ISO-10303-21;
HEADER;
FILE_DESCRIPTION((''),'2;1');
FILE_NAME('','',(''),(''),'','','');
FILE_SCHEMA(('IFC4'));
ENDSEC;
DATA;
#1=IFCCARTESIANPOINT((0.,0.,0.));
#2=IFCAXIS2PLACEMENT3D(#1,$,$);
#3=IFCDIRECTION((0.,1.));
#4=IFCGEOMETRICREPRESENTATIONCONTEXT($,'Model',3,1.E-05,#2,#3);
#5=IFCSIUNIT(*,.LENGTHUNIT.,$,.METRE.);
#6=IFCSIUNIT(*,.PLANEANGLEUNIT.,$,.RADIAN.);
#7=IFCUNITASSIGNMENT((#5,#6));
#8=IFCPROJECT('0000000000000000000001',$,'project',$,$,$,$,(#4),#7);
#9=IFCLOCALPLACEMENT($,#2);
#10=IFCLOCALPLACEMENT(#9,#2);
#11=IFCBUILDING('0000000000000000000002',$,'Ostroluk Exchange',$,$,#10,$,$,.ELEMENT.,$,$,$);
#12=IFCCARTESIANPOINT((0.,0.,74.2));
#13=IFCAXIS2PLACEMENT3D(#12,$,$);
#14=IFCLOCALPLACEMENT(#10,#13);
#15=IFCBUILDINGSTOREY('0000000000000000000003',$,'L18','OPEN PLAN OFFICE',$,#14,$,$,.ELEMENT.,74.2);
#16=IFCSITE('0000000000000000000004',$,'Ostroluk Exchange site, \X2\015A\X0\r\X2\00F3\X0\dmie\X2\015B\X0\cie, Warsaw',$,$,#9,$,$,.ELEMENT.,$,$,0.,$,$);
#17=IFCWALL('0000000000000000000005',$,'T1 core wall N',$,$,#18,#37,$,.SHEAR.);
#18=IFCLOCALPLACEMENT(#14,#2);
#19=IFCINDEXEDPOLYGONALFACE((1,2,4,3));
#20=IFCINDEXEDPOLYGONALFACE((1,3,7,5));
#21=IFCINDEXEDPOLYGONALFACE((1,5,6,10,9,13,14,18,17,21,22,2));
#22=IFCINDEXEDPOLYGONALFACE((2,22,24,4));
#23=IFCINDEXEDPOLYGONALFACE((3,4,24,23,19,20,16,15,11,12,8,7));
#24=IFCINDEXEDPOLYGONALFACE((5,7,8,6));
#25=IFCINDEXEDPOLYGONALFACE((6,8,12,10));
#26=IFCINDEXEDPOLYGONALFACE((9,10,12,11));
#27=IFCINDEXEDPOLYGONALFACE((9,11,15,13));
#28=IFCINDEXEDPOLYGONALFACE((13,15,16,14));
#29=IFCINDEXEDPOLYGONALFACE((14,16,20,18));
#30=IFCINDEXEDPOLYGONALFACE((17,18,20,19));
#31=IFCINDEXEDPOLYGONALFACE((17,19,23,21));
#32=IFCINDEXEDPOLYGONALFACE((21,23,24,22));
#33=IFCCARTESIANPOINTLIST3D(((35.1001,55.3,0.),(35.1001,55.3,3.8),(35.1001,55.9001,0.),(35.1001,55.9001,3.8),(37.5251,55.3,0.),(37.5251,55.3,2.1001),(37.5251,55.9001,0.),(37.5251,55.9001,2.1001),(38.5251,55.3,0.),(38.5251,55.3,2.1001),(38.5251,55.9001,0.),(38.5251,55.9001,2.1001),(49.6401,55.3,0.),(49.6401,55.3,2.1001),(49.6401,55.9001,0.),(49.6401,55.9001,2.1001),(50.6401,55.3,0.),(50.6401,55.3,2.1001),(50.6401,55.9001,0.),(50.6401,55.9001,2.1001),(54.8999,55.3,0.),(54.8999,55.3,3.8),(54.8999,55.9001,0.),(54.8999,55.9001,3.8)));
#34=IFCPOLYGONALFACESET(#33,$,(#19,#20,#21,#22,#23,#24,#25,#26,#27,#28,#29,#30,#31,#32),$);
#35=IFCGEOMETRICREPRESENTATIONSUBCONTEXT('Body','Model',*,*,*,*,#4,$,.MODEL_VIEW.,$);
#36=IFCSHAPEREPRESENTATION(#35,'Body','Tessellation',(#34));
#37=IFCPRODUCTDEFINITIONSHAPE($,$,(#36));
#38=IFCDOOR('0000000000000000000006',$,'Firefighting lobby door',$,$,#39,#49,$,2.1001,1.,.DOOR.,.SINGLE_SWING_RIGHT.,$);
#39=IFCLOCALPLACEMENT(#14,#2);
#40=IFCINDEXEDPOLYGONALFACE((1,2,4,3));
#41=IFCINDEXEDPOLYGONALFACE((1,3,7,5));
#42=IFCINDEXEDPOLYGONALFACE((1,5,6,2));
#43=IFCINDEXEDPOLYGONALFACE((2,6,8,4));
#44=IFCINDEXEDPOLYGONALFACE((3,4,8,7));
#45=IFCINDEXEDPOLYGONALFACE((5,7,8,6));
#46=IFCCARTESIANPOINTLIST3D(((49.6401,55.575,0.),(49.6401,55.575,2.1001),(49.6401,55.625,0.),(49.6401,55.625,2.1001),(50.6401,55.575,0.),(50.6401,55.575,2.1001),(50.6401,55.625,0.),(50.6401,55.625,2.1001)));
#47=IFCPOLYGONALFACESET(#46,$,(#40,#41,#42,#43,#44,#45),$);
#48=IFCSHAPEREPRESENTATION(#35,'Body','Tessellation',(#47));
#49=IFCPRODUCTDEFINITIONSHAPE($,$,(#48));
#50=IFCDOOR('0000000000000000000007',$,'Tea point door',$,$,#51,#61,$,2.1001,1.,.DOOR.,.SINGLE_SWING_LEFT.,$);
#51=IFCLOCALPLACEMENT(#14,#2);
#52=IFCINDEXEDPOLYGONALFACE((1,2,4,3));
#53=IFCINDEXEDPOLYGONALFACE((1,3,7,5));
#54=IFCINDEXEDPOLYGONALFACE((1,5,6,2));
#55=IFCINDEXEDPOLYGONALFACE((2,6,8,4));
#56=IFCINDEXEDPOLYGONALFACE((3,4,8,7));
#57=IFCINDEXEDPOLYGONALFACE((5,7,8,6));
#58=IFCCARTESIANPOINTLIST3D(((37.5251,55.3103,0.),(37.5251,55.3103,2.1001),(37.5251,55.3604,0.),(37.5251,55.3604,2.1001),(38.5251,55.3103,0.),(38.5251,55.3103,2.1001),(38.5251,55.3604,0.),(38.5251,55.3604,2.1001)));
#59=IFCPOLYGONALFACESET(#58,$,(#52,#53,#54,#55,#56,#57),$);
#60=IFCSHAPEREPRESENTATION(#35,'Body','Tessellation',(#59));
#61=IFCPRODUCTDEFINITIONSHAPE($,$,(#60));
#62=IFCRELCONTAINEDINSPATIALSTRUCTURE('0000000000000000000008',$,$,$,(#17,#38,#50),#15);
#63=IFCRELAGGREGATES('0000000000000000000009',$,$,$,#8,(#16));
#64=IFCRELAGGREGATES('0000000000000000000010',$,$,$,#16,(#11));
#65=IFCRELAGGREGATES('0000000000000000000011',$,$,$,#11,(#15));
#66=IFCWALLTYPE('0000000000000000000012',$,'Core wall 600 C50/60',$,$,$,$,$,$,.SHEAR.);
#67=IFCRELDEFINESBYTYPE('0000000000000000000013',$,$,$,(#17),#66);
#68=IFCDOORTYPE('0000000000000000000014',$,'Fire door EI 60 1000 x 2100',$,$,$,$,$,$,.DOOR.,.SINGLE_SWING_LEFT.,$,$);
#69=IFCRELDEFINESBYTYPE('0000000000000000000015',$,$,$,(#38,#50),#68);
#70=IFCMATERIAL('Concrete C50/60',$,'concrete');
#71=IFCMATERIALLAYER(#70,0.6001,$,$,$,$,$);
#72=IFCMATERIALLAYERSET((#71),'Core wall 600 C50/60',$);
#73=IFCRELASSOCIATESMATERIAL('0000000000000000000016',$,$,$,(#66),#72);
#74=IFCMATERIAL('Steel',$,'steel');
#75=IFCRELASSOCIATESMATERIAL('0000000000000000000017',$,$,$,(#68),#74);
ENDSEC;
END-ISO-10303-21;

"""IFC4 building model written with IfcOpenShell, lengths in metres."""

from ifc_helpers import new_model, si_unit, direction, frame, frame_2d, origin, place, context, subcontext, project, spatial, rectangle, extrude, material, layer, layer_set, type_object, element, fill, save


model = new_model("IFC4")

# Units and contexts
model_context = context("Model", 3, precision=1e-05, world=origin(), true_north=direction((0.0, 1.0)))
body_context = subcontext(model_context, "Body", "Model", "MODEL_VIEW")
ifc_project = project(units=[si_unit("LENGTHUNIT", "METRE"), si_unit("PLANEANGLEUNIT", "RADIAN")], contexts=[model_context])

# Site, building, storey
site_placement = place(None, origin())
site = spatial("IfcSite", under=ifc_project, at=site_placement, Name="Ostroluk Exchange site, Śródmieście, Warsaw", CompositionType="ELEMENT", RefElevation=0.0)
building_placement = place(site_placement, origin())
building = spatial("IfcBuilding", under=site, at=building_placement, Name="Ostroluk Exchange", CompositionType="ELEMENT")
storey_placement = place(building_placement, frame((0.0, 0.0, 74.2)))
storey = spatial("IfcBuildingStorey", under=building, at=storey_placement, Name="L18", Description="OPEN PLAN OFFICE", CompositionType="ELEMENT", Elevation=74.2)

# Wall, openings, doors
ifc_material_1 = material(Name="Concrete C50/60", Category="concrete")
ifc_layer_1 = layer(ifc_material_1, 0.6001)
ifc_layer_set_1 = layer_set([ifc_layer_1], Name="Core wall 600 C50/60")
wall_type_1 = type_object("IfcWallType", Name="Core wall 600 C50/60", PredefinedType="SHEAR", material=ifc_layer_set_1)
wall_1_placement = place(storey_placement, frame((35.1001, 55.6001, 0.0), z_axis=(0.0, 0.0, 1.0), x_axis=(1.0, 0.0, 0.0)))
wall_1 = element("IfcWall", 1, at=wall_1_placement, inside=storey, type_object=wall_type_1, Name="T1 core wall N", PredefinedType="SHEAR", context=body_context, shape_type="SweptSolid", body=[
    extrude(rectangle(XDim=19.7998, YDim=0.6001, at=frame_2d((9.8999, 0.0))), origin(), (0.0, 0.0, 1.0), 3.8),
])
opening_1_placement = place(wall_1_placement, frame((14.54, 0.0, 0.0)))
opening_1 = element("IfcOpeningElement", 2, at=opening_1_placement, cuts=wall_1, PredefinedType="OPENING", context=body_context, shape_type="SweptSolid", body=[
    extrude(rectangle(XDim=1.0, YDim=2.1001, at=frame_2d((0.5, 1.05))), frame((0.0, 0.3101, 0.0), z_axis=(0.0, -1.0, 0.0), x_axis=(1.0, 0.0, 0.0)), (0.0, 0.0, 1.0), 0.6201),
])
opening_2_placement = place(wall_1_placement, frame((2.425, 0.0, 0.0)))
opening_2 = element("IfcOpeningElement", 3, at=opening_2_placement, cuts=wall_1, PredefinedType="OPENING", context=body_context, shape_type="SweptSolid", body=[
    extrude(rectangle(XDim=1.0, YDim=2.1001, at=frame_2d((0.5, 1.05))), frame((0.0, 0.3101, 0.0), z_axis=(0.0, -1.0, 0.0), x_axis=(1.0, 0.0, 0.0)), (0.0, 0.0, 1.0), 0.6201),
])
ifc_material_2 = material(Name="Steel", Category="steel")
door_type = type_object("IfcDoorType", Name="Fire door EI 60 1000 x 2100", OperationType="SINGLE_SWING_LEFT", PredefinedType="DOOR", material=ifc_material_2)
door_1_placement = place(opening_1_placement, origin())
door_1 = element("IfcDoor", 4, at=door_1_placement, inside=storey, type_object=door_type, Name="Firefighting lobby door", OperationType="SINGLE_SWING_RIGHT", OverallHeight=2.1001, OverallWidth=1.0, PredefinedType="DOOR", context=body_context, shape_type="SweptSolid", body=[
    extrude(rectangle(XDim=1.0, YDim=2.1001, at=frame_2d((0.5, 1.05))), frame((0.0, 0.0249, 0.0), z_axis=(0.0, -1.0, 0.0), x_axis=(1.0, 0.0, 0.0)), (0.0, 0.0, 1.0), 0.05),
])
fill(opening_1, door_1)
door_2_placement = place(opening_2_placement, origin())
door_2 = element("IfcDoor", 5, at=door_2_placement, inside=storey, type_object=door_type, Name="Tea point door", OperationType="SINGLE_SWING_LEFT", OverallHeight=2.1001, OverallWidth=1.0, PredefinedType="DOOR", context=body_context, shape_type="SweptSolid", body=[
    extrude(rectangle(XDim=1.0, YDim=2.1001, at=frame_2d((0.5, 1.05))), frame((0.0, -0.2397, 0.0), z_axis=(0.0, -1.0, 0.0), x_axis=(1.0, 0.0, 0.0)), (0.0, 0.0, 1.0), 0.05),
])
fill(opening_2, door_2)

save(model, "model.ifc")
